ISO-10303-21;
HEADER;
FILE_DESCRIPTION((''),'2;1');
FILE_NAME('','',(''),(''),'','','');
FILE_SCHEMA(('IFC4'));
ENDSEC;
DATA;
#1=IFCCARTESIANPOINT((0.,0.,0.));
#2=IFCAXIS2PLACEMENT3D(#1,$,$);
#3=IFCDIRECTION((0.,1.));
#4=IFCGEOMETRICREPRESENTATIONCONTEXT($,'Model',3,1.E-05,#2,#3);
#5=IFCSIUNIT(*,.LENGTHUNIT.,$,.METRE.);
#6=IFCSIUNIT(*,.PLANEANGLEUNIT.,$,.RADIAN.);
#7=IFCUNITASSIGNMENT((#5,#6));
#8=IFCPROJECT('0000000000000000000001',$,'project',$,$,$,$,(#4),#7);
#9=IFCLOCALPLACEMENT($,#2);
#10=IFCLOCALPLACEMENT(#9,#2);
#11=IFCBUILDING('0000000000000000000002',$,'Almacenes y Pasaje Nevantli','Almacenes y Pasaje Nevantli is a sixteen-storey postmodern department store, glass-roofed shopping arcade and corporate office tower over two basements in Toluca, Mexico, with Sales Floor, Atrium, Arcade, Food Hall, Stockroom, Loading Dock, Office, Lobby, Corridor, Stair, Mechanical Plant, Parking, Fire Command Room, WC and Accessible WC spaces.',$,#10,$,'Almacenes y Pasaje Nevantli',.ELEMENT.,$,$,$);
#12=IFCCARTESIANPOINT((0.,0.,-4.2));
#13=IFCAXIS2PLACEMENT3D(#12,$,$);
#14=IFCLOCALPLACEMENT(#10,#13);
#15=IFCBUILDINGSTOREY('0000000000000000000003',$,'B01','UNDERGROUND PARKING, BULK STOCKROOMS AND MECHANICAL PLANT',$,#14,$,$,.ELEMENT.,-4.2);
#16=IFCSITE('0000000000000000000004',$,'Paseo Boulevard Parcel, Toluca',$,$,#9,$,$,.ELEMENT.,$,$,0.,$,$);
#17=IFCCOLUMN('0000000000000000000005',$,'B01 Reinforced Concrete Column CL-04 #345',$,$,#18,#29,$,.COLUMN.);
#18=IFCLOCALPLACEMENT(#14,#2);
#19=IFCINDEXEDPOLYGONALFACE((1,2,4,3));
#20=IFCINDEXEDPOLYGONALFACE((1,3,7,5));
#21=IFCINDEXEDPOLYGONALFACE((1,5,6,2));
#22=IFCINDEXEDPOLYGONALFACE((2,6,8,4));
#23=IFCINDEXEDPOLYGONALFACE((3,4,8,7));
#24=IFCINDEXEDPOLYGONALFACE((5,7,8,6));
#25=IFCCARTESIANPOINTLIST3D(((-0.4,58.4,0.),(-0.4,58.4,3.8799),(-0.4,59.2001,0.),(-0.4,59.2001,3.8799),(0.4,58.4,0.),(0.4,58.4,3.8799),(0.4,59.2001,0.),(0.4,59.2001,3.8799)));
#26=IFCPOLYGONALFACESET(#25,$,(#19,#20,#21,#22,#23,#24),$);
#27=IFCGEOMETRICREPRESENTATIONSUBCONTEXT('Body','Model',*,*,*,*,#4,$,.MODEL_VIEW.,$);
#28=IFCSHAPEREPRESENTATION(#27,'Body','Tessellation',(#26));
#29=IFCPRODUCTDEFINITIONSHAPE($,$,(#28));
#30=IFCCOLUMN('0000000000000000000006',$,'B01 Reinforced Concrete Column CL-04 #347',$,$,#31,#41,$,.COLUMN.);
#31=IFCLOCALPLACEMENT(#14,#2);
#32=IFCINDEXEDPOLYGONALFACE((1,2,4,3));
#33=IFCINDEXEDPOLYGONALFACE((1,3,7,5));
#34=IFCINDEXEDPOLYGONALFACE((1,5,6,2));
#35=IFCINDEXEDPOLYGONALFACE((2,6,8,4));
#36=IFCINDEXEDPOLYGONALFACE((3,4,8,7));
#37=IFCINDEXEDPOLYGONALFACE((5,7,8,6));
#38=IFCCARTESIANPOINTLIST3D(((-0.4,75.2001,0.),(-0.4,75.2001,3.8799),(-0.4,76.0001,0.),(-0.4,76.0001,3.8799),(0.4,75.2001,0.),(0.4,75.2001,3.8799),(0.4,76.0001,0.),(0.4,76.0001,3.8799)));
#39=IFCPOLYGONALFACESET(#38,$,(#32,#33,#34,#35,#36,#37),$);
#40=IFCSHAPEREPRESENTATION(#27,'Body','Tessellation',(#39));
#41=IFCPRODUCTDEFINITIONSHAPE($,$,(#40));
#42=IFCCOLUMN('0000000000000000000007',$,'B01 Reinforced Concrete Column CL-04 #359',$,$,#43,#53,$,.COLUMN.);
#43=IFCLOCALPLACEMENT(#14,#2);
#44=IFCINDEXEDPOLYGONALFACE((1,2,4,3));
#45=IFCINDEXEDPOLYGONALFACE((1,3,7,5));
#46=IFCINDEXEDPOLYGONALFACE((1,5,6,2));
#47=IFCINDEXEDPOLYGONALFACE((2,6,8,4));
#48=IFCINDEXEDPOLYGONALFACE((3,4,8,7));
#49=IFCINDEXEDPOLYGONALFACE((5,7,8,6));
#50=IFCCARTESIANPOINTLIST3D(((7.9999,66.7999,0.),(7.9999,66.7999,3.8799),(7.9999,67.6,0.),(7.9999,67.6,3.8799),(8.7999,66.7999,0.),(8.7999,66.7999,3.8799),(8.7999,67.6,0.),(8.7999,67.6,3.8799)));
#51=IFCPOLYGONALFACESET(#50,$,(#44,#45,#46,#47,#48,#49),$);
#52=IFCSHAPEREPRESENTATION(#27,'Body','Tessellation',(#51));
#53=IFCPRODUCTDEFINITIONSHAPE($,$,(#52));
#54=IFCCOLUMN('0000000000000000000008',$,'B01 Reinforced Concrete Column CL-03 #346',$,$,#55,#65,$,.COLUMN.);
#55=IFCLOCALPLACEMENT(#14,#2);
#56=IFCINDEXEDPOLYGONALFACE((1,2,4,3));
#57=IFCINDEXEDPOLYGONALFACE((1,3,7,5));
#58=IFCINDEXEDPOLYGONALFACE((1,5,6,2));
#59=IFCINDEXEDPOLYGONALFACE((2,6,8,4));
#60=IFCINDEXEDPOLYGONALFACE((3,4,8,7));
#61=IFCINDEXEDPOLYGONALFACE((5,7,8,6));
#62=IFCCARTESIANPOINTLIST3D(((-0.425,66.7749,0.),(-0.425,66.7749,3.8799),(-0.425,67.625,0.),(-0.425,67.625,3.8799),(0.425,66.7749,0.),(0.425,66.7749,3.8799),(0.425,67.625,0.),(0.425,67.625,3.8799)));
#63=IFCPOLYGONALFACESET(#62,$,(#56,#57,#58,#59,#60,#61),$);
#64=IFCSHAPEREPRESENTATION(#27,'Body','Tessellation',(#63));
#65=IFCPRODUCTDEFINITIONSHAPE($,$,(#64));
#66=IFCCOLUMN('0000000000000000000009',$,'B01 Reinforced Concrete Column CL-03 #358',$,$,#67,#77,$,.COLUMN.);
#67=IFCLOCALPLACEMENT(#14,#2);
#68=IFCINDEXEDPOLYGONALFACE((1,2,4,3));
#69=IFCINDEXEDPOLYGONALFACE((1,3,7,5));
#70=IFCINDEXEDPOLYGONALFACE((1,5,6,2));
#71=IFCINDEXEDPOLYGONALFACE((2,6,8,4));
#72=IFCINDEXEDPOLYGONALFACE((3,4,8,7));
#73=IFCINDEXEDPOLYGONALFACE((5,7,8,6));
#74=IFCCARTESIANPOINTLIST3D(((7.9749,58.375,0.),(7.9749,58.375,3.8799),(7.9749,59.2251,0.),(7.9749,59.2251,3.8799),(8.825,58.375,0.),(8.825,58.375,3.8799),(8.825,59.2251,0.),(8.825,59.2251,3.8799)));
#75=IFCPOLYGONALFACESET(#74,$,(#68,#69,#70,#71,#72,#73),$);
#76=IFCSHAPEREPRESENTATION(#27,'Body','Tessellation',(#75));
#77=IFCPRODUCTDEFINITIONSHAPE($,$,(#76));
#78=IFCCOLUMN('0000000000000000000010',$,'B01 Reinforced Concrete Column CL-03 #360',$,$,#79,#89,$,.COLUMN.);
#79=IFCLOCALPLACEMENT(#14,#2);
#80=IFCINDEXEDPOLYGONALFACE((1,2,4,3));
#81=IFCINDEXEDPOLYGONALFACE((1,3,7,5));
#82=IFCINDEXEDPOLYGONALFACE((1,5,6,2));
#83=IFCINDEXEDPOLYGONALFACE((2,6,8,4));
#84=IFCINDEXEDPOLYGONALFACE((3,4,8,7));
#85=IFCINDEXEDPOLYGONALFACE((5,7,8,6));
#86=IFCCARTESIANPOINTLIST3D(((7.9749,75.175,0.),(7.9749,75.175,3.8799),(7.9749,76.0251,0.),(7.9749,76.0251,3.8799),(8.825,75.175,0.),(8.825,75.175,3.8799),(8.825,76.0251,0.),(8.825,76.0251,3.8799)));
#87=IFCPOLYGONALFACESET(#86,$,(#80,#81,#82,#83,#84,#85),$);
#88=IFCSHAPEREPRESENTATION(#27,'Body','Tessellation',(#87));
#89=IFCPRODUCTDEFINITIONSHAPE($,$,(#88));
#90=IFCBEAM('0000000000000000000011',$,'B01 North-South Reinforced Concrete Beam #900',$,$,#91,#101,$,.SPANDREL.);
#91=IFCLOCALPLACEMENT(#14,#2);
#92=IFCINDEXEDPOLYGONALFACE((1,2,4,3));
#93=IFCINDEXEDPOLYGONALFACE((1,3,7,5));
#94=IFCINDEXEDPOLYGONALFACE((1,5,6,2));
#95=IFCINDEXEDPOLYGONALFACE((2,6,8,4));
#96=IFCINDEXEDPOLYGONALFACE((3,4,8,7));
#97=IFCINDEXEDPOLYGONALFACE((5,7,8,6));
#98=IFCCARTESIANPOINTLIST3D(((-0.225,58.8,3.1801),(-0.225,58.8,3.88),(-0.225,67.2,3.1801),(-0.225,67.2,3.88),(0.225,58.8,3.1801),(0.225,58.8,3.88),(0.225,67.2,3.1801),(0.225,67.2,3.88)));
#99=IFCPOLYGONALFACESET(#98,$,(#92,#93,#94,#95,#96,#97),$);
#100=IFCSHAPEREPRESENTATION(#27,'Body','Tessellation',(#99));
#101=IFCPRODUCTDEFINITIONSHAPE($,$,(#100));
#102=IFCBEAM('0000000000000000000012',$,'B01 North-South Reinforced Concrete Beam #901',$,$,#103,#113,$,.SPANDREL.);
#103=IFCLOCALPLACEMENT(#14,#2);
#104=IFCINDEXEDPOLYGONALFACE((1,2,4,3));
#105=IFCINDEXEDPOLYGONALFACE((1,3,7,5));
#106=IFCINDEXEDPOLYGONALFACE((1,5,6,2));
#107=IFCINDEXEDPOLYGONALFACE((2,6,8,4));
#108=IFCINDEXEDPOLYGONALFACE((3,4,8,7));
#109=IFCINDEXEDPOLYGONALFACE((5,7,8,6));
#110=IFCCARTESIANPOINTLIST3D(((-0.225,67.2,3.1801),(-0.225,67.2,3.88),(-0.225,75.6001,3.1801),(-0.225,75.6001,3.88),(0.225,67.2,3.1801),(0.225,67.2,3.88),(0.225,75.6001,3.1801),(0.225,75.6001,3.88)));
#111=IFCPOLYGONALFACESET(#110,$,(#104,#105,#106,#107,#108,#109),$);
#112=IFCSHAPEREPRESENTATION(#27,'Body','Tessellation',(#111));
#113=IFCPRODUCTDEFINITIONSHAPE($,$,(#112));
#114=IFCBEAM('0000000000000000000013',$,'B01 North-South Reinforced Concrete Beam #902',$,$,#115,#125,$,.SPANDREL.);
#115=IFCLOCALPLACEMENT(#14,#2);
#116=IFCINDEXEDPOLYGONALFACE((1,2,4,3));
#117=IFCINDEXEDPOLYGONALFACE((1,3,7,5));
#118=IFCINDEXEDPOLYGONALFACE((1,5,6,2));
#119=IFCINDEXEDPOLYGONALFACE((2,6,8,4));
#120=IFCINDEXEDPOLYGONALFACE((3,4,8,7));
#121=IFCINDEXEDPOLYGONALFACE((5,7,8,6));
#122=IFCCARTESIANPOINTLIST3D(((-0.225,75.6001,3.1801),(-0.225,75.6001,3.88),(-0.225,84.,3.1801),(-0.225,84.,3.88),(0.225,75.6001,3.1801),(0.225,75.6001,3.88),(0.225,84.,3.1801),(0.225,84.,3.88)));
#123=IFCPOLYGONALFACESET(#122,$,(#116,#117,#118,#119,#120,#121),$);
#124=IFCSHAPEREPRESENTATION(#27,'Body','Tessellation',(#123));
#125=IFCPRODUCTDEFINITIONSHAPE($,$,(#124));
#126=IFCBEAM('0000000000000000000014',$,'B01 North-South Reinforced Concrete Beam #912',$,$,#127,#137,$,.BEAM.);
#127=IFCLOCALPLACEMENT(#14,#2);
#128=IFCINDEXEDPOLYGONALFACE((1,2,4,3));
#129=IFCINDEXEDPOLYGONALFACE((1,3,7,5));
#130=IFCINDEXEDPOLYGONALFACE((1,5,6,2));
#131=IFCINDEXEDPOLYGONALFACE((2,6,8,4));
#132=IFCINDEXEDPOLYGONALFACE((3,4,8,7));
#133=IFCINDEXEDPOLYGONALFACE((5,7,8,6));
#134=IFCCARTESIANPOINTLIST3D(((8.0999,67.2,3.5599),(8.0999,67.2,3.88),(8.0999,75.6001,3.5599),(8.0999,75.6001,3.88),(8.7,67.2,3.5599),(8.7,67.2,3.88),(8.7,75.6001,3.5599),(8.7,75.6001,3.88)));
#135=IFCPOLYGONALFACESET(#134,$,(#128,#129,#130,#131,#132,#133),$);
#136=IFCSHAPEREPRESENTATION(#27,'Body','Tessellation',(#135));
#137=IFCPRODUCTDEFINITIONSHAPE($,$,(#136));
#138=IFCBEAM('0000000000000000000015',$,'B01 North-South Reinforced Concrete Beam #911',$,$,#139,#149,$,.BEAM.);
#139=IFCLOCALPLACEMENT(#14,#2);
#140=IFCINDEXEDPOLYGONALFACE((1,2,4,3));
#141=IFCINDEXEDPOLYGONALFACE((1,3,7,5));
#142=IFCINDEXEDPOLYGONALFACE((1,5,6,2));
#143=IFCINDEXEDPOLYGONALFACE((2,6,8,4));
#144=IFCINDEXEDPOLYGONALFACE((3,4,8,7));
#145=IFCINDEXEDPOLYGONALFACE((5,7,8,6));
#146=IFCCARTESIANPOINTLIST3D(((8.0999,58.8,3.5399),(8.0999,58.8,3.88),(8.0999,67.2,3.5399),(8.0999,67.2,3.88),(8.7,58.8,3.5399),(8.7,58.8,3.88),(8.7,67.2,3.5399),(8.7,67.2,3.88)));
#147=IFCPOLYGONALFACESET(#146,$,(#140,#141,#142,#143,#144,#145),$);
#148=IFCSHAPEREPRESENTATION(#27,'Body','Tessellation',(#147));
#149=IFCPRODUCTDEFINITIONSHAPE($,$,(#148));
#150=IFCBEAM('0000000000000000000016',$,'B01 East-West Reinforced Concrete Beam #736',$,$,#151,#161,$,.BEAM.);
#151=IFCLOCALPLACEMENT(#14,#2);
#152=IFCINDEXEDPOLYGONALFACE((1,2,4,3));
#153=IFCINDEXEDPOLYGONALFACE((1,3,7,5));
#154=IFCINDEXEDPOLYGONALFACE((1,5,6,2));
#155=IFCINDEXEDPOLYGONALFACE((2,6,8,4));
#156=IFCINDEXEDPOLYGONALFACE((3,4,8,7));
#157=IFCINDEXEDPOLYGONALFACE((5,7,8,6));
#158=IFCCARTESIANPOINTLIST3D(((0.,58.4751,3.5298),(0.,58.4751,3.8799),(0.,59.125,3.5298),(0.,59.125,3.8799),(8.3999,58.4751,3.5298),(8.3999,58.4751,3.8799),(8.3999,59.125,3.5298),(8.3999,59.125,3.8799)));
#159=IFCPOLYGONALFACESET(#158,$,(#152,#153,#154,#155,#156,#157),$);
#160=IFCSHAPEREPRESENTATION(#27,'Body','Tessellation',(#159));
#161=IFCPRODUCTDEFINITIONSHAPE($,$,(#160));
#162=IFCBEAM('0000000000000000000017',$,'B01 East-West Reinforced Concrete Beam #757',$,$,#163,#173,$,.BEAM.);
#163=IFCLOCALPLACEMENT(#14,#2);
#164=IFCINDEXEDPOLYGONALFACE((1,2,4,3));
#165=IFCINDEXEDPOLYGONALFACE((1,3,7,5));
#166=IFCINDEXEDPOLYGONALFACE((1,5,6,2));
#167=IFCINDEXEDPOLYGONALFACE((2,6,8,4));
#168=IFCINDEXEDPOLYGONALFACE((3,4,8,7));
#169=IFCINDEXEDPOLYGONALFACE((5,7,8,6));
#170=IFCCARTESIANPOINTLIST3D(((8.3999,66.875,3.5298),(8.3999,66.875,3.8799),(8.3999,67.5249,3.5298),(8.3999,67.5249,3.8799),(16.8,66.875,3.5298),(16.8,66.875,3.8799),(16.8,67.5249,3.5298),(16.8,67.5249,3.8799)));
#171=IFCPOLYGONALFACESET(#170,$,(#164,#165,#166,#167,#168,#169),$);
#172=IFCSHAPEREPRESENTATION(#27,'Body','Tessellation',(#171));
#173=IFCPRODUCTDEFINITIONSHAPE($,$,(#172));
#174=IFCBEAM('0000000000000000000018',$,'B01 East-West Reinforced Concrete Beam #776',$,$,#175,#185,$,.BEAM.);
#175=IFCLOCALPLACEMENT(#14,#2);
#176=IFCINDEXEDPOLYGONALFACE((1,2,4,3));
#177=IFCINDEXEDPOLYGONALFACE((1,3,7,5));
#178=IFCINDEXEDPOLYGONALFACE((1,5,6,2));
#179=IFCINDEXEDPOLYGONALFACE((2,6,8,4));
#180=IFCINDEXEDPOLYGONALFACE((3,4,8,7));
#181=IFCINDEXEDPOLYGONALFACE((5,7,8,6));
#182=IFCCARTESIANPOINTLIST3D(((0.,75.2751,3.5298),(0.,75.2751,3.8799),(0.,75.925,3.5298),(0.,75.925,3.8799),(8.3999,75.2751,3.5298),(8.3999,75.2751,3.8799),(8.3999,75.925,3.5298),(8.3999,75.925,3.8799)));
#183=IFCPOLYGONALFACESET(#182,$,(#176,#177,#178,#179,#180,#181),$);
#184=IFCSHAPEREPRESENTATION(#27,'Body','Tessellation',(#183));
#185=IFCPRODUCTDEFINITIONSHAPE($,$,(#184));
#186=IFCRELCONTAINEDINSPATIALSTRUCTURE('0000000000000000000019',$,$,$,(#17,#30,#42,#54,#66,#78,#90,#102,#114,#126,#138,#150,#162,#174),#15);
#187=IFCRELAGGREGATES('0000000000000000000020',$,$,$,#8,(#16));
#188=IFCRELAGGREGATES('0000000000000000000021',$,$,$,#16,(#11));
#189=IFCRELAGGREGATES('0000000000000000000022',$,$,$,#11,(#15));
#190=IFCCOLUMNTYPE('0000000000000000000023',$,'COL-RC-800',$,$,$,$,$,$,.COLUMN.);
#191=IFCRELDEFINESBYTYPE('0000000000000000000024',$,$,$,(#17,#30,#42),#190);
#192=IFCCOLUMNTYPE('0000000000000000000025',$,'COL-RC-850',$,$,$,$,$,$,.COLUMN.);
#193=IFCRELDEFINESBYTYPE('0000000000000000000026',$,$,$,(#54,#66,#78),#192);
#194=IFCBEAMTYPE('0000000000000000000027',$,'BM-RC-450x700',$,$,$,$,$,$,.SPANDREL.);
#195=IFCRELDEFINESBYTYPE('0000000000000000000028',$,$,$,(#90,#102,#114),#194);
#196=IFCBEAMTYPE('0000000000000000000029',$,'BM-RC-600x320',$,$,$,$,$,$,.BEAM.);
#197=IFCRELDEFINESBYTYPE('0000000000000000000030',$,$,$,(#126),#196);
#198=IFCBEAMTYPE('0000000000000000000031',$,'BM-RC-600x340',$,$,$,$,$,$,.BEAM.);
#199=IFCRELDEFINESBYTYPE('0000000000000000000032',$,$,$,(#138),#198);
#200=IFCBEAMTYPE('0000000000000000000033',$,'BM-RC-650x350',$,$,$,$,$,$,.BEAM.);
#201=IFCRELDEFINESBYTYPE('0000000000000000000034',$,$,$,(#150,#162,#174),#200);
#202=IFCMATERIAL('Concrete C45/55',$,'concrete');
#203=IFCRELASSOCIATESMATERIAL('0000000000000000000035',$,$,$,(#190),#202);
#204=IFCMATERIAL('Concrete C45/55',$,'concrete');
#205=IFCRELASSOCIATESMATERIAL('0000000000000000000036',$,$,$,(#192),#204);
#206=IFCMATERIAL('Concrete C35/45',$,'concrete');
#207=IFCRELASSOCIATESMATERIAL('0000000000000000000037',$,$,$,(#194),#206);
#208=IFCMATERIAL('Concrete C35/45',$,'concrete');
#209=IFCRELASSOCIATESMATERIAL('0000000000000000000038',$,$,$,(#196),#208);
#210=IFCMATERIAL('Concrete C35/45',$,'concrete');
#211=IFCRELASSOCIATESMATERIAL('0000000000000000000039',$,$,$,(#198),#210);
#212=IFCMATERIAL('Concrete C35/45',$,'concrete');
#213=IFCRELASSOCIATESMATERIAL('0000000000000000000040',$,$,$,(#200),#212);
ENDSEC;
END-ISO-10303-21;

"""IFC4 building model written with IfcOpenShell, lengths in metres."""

from ifc_helpers import new_model, si_unit, direction, frame, origin, origin_2d, place, context, subcontext, project, spatial, rectangle, extrude, material, material_profile, profile_set, type_object, element, save


model = new_model("IFC4")

# Units and contexts
model_context = context("Model", 3, precision=1e-05, world=origin(), true_north=direction((0.0, 1.0)))
body_context = subcontext(model_context, "Body", "Model", "MODEL_VIEW")
ifc_project = project(units=[si_unit("LENGTHUNIT", "METRE"), si_unit("PLANEANGLEUNIT", "RADIAN")], contexts=[model_context])

# Site, building, storey
site_placement = place(None, origin())
site = spatial("IfcSite", under=ifc_project, at=site_placement, Name="Paseo Boulevard Parcel, Toluca", CompositionType="ELEMENT", RefElevation=0.0)
building_placement = place(site_placement, origin())
building = spatial("IfcBuilding", under=site, at=building_placement, Name="Almacenes y Pasaje Nevantli", Description="Almacenes y Pasaje Nevantli is a sixteen-storey postmodern department store, glass-roofed shopping arcade and corporate office tower over two basements in Toluca, Mexico, with Sales Floor, Atrium, Arcade, Food Hall, Stockroom, Loading Dock, Office, Lobby, Corridor, Stair, Mechanical Plant, Parking, Fire Command Room, WC and Accessible WC spaces.", LongName="Almacenes y Pasaje Nevantli", CompositionType="ELEMENT")
storey_placement = place(building_placement, frame((0.0, 0.0, -4.2)))
storey = spatial("IfcBuildingStorey", under=building, at=storey_placement, Name="B01", Description="UNDERGROUND PARKING, BULK STOCKROOMS AND MECHANICAL PLANT", CompositionType="ELEMENT", Elevation=-4.2)

# Columns
ifc_material_1 = material(Name="Concrete C45/55", Category="concrete")
ifc_material_profile_1 = material_profile(ifc_material_1, rectangle(XDim=0.8, YDim=0.8, at=origin_2d()), Name="RC-COL-800x800")
ifc_profile_set_1 = profile_set([ifc_material_profile_1], Name="Concrete C45/55")
column_type_1 = type_object("IfcColumnType", Name="COL-RC-800", PredefinedType="COLUMN", material=ifc_profile_set_1)
for number, where, z_axis, x_axis, name in (
    (1, (0.0, 58.8, 0.0), (0.0, 0.0, 1.0), (1.0, 0.0, 0.0), "B01 Reinforced Concrete Column CL-04 #345"),
    (2, (0.0, 75.6001, 0.0), (0.0, 0.0, 1.0), (1.0, 0.0, 0.0), "B01 Reinforced Concrete Column CL-04 #347"),
    (3, (8.3999, 67.2, 0.0), (0.0, 0.0, 1.0), (1.0, 0.0, 0.0), "B01 Reinforced Concrete Column CL-04 #359"),
):
    element("IfcColumn", number, at=place(storey_placement, frame(where, z_axis=z_axis, x_axis=x_axis)), inside=storey, type_object=column_type_1, Name=name, PredefinedType="COLUMN", context=body_context, shape_type="SweptSolid", body=[
        extrude(rectangle(XDim=0.8, YDim=0.8, at=origin_2d()), origin(), (0.0, 0.0, 1.0), 3.8799),
    ])
ifc_material_2 = material(Name="Concrete C45/55", Category="concrete")
ifc_material_profile_2 = material_profile(ifc_material_2, rectangle(XDim=0.8501, YDim=0.8501, at=origin_2d()), Name="RC-COL-850x850")
ifc_profile_set_2 = profile_set([ifc_material_profile_2], Name="Concrete C45/55")
column_type_2 = type_object("IfcColumnType", Name="COL-RC-850", PredefinedType="COLUMN", material=ifc_profile_set_2)
for number, where, z_axis, x_axis, name in (
    (4, (0.0, 67.2, 0.0), (0.0, 0.0, 1.0), (1.0, 0.0, 0.0), "B01 Reinforced Concrete Column CL-03 #346"),
    (5, (8.3999, 58.8, 0.0), (0.0, 0.0, 1.0), (1.0, 0.0, 0.0), "B01 Reinforced Concrete Column CL-03 #358"),
    (6, (8.3999, 75.6001, 0.0), (0.0, 0.0, 1.0), (1.0, 0.0, 0.0), "B01 Reinforced Concrete Column CL-03 #360"),
):
    element("IfcColumn", number, at=place(storey_placement, frame(where, z_axis=z_axis, x_axis=x_axis)), inside=storey, type_object=column_type_2, Name=name, PredefinedType="COLUMN", context=body_context, shape_type="SweptSolid", body=[
        extrude(rectangle(XDim=0.8501, YDim=0.8501, at=origin_2d()), origin(), (0.0, 0.0, 1.0), 3.8799),
    ])

# Beams
ifc_material_3 = material(Name="Concrete C35/45", Category="concrete")
ifc_material_profile_3 = material_profile(ifc_material_3, rectangle(XDim=0.45, YDim=0.7, at=origin_2d()), Name="RC-BM-450x700")
ifc_profile_set_3 = profile_set([ifc_material_profile_3], Name="Concrete C35/45")
beam_type_1 = type_object("IfcBeamType", Name="BM-RC-450x700", PredefinedType="SPANDREL", material=ifc_profile_set_3)
beam_1_placement = place(storey_placement, frame((0.0, 58.8, 3.53), z_axis=(0.0, 1.0, 0.0), x_axis=(-1.0, 0.0, 0.0)))
element("IfcBeam", 7, at=beam_1_placement, inside=storey, type_object=beam_type_1, Name="B01 North-South Reinforced Concrete Beam #900", PredefinedType="SPANDREL", context=body_context, shape_type="SweptSolid", body=[
    extrude(rectangle(XDim=0.45, YDim=0.7, at=origin_2d()), origin(), (0.0, 0.0, 1.0), 8.3999),
])
beam_2_placement = place(storey_placement, frame((0.0, 67.2, 3.53), z_axis=(0.0, 1.0, 0.0), x_axis=(-1.0, 0.0, 0.0)))
element("IfcBeam", 8, at=beam_2_placement, inside=storey, type_object=beam_type_1, Name="B01 North-South Reinforced Concrete Beam #901", PredefinedType="SPANDREL", context=body_context, shape_type="SweptSolid", body=[
    extrude(rectangle(XDim=0.45, YDim=0.7, at=origin_2d()), origin(), (0.0, 0.0, 1.0), 8.4001),
])
beam_3_placement = place(storey_placement, frame((0.0, 75.6001, 3.53), z_axis=(0.0, 1.0, 0.0), x_axis=(-1.0, 0.0, 0.0)))
element("IfcBeam", 9, at=beam_3_placement, inside=storey, type_object=beam_type_1, Name="B01 North-South Reinforced Concrete Beam #902", PredefinedType="SPANDREL", context=body_context, shape_type="SweptSolid", body=[
    extrude(rectangle(XDim=0.45, YDim=0.7, at=origin_2d()), origin(), (0.0, 0.0, 1.0), 8.3999),
])
ifc_material_4 = material(Name="Concrete C35/45", Category="concrete")
ifc_material_profile_4 = material_profile(ifc_material_4, rectangle(XDim=0.6001, YDim=0.3201, at=origin_2d()), Name="RC-BM-600x320")
ifc_profile_set_4 = profile_set([ifc_material_profile_4], Name="Concrete C35/45")
beam_type_2 = type_object("IfcBeamType", Name="BM-RC-600x320", PredefinedType="BEAM", material=ifc_profile_set_4)
beam_4_placement = place(storey_placement, frame((8.3999, 67.2, 3.72), z_axis=(0.0, 1.0, 0.0), x_axis=(-1.0, 0.0, 0.0)))
element("IfcBeam", 10, at=beam_4_placement, inside=storey, type_object=beam_type_2, Name="B01 North-South Reinforced Concrete Beam #912", PredefinedType="BEAM", context=body_context, shape_type="SweptSolid", body=[
    extrude(rectangle(XDim=0.6001, YDim=0.3201, at=origin_2d()), origin(), (0.0, 0.0, 1.0), 8.4001),
])
ifc_material_5 = material(Name="Concrete C35/45", Category="concrete")
ifc_material_profile_5 = material_profile(ifc_material_5, rectangle(XDim=0.6001, YDim=0.3401, at=origin_2d()), Name="RC-BM-600x340")
ifc_profile_set_5 = profile_set([ifc_material_profile_5], Name="Concrete C35/45")
beam_type_3 = type_object("IfcBeamType", Name="BM-RC-600x340", PredefinedType="BEAM", material=ifc_profile_set_5)
beam_5_placement = place(storey_placement, frame((8.3999, 58.8, 3.71), z_axis=(0.0, 1.0, 0.0), x_axis=(-1.0, 0.0, 0.0)))
element("IfcBeam", 11, at=beam_5_placement, inside=storey, type_object=beam_type_3, Name="B01 North-South Reinforced Concrete Beam #911", PredefinedType="BEAM", context=body_context, shape_type="SweptSolid", body=[
    extrude(rectangle(XDim=0.6001, YDim=0.3401, at=origin_2d()), origin(), (0.0, 0.0, 1.0), 8.3999),
])
ifc_material_6 = material(Name="Concrete C35/45", Category="concrete")
ifc_material_profile_6 = material_profile(ifc_material_6, rectangle(XDim=0.6499, YDim=0.3501, at=origin_2d()), Name="RC-BM-650x350")
ifc_profile_set_6 = profile_set([ifc_material_profile_6], Name="Concrete C35/45")
beam_type_4 = type_object("IfcBeamType", Name="BM-RC-650x350", PredefinedType="BEAM", material=ifc_profile_set_6)
beam_6_placement = place(storey_placement, frame((0.0, 58.8, 3.7048), z_axis=(1.0, 0.0, 0.0), x_axis=(0.0, 1.0, 0.0)))
element("IfcBeam", 12, at=beam_6_placement, inside=storey, type_object=beam_type_4, Name="B01 East-West Reinforced Concrete Beam #736", PredefinedType="BEAM", context=body_context, shape_type="SweptSolid", body=[
    extrude(rectangle(XDim=0.6499, YDim=0.3501, at=origin_2d()), origin(), (0.0, 0.0, 1.0), 8.3999),
])
beam_7_placement = place(storey_placement, frame((8.3999, 67.2, 3.7048), z_axis=(1.0, 0.0, 0.0), x_axis=(0.0, 1.0, 0.0)))
element("IfcBeam", 13, at=beam_7_placement, inside=storey, type_object=beam_type_4, Name="B01 East-West Reinforced Concrete Beam #757", PredefinedType="BEAM", context=body_context, shape_type="SweptSolid", body=[
    extrude(rectangle(XDim=0.6499, YDim=0.3501, at=origin_2d()), origin(), (0.0, 0.0, 1.0), 8.4001),
])
beam_8_placement = place(storey_placement, frame((0.0, 75.6001, 3.7048), z_axis=(1.0, 0.0, 0.0), x_axis=(0.0, 1.0, 0.0)))
element("IfcBeam", 14, at=beam_8_placement, inside=storey, type_object=beam_type_4, Name="B01 East-West Reinforced Concrete Beam #776", PredefinedType="BEAM", context=body_context, shape_type="SweptSolid", body=[
    extrude(rectangle(XDim=0.6499, YDim=0.3501, at=origin_2d()), origin(), (0.0, 0.0, 1.0), 8.3999),
])

save(model, "model.ifc")
